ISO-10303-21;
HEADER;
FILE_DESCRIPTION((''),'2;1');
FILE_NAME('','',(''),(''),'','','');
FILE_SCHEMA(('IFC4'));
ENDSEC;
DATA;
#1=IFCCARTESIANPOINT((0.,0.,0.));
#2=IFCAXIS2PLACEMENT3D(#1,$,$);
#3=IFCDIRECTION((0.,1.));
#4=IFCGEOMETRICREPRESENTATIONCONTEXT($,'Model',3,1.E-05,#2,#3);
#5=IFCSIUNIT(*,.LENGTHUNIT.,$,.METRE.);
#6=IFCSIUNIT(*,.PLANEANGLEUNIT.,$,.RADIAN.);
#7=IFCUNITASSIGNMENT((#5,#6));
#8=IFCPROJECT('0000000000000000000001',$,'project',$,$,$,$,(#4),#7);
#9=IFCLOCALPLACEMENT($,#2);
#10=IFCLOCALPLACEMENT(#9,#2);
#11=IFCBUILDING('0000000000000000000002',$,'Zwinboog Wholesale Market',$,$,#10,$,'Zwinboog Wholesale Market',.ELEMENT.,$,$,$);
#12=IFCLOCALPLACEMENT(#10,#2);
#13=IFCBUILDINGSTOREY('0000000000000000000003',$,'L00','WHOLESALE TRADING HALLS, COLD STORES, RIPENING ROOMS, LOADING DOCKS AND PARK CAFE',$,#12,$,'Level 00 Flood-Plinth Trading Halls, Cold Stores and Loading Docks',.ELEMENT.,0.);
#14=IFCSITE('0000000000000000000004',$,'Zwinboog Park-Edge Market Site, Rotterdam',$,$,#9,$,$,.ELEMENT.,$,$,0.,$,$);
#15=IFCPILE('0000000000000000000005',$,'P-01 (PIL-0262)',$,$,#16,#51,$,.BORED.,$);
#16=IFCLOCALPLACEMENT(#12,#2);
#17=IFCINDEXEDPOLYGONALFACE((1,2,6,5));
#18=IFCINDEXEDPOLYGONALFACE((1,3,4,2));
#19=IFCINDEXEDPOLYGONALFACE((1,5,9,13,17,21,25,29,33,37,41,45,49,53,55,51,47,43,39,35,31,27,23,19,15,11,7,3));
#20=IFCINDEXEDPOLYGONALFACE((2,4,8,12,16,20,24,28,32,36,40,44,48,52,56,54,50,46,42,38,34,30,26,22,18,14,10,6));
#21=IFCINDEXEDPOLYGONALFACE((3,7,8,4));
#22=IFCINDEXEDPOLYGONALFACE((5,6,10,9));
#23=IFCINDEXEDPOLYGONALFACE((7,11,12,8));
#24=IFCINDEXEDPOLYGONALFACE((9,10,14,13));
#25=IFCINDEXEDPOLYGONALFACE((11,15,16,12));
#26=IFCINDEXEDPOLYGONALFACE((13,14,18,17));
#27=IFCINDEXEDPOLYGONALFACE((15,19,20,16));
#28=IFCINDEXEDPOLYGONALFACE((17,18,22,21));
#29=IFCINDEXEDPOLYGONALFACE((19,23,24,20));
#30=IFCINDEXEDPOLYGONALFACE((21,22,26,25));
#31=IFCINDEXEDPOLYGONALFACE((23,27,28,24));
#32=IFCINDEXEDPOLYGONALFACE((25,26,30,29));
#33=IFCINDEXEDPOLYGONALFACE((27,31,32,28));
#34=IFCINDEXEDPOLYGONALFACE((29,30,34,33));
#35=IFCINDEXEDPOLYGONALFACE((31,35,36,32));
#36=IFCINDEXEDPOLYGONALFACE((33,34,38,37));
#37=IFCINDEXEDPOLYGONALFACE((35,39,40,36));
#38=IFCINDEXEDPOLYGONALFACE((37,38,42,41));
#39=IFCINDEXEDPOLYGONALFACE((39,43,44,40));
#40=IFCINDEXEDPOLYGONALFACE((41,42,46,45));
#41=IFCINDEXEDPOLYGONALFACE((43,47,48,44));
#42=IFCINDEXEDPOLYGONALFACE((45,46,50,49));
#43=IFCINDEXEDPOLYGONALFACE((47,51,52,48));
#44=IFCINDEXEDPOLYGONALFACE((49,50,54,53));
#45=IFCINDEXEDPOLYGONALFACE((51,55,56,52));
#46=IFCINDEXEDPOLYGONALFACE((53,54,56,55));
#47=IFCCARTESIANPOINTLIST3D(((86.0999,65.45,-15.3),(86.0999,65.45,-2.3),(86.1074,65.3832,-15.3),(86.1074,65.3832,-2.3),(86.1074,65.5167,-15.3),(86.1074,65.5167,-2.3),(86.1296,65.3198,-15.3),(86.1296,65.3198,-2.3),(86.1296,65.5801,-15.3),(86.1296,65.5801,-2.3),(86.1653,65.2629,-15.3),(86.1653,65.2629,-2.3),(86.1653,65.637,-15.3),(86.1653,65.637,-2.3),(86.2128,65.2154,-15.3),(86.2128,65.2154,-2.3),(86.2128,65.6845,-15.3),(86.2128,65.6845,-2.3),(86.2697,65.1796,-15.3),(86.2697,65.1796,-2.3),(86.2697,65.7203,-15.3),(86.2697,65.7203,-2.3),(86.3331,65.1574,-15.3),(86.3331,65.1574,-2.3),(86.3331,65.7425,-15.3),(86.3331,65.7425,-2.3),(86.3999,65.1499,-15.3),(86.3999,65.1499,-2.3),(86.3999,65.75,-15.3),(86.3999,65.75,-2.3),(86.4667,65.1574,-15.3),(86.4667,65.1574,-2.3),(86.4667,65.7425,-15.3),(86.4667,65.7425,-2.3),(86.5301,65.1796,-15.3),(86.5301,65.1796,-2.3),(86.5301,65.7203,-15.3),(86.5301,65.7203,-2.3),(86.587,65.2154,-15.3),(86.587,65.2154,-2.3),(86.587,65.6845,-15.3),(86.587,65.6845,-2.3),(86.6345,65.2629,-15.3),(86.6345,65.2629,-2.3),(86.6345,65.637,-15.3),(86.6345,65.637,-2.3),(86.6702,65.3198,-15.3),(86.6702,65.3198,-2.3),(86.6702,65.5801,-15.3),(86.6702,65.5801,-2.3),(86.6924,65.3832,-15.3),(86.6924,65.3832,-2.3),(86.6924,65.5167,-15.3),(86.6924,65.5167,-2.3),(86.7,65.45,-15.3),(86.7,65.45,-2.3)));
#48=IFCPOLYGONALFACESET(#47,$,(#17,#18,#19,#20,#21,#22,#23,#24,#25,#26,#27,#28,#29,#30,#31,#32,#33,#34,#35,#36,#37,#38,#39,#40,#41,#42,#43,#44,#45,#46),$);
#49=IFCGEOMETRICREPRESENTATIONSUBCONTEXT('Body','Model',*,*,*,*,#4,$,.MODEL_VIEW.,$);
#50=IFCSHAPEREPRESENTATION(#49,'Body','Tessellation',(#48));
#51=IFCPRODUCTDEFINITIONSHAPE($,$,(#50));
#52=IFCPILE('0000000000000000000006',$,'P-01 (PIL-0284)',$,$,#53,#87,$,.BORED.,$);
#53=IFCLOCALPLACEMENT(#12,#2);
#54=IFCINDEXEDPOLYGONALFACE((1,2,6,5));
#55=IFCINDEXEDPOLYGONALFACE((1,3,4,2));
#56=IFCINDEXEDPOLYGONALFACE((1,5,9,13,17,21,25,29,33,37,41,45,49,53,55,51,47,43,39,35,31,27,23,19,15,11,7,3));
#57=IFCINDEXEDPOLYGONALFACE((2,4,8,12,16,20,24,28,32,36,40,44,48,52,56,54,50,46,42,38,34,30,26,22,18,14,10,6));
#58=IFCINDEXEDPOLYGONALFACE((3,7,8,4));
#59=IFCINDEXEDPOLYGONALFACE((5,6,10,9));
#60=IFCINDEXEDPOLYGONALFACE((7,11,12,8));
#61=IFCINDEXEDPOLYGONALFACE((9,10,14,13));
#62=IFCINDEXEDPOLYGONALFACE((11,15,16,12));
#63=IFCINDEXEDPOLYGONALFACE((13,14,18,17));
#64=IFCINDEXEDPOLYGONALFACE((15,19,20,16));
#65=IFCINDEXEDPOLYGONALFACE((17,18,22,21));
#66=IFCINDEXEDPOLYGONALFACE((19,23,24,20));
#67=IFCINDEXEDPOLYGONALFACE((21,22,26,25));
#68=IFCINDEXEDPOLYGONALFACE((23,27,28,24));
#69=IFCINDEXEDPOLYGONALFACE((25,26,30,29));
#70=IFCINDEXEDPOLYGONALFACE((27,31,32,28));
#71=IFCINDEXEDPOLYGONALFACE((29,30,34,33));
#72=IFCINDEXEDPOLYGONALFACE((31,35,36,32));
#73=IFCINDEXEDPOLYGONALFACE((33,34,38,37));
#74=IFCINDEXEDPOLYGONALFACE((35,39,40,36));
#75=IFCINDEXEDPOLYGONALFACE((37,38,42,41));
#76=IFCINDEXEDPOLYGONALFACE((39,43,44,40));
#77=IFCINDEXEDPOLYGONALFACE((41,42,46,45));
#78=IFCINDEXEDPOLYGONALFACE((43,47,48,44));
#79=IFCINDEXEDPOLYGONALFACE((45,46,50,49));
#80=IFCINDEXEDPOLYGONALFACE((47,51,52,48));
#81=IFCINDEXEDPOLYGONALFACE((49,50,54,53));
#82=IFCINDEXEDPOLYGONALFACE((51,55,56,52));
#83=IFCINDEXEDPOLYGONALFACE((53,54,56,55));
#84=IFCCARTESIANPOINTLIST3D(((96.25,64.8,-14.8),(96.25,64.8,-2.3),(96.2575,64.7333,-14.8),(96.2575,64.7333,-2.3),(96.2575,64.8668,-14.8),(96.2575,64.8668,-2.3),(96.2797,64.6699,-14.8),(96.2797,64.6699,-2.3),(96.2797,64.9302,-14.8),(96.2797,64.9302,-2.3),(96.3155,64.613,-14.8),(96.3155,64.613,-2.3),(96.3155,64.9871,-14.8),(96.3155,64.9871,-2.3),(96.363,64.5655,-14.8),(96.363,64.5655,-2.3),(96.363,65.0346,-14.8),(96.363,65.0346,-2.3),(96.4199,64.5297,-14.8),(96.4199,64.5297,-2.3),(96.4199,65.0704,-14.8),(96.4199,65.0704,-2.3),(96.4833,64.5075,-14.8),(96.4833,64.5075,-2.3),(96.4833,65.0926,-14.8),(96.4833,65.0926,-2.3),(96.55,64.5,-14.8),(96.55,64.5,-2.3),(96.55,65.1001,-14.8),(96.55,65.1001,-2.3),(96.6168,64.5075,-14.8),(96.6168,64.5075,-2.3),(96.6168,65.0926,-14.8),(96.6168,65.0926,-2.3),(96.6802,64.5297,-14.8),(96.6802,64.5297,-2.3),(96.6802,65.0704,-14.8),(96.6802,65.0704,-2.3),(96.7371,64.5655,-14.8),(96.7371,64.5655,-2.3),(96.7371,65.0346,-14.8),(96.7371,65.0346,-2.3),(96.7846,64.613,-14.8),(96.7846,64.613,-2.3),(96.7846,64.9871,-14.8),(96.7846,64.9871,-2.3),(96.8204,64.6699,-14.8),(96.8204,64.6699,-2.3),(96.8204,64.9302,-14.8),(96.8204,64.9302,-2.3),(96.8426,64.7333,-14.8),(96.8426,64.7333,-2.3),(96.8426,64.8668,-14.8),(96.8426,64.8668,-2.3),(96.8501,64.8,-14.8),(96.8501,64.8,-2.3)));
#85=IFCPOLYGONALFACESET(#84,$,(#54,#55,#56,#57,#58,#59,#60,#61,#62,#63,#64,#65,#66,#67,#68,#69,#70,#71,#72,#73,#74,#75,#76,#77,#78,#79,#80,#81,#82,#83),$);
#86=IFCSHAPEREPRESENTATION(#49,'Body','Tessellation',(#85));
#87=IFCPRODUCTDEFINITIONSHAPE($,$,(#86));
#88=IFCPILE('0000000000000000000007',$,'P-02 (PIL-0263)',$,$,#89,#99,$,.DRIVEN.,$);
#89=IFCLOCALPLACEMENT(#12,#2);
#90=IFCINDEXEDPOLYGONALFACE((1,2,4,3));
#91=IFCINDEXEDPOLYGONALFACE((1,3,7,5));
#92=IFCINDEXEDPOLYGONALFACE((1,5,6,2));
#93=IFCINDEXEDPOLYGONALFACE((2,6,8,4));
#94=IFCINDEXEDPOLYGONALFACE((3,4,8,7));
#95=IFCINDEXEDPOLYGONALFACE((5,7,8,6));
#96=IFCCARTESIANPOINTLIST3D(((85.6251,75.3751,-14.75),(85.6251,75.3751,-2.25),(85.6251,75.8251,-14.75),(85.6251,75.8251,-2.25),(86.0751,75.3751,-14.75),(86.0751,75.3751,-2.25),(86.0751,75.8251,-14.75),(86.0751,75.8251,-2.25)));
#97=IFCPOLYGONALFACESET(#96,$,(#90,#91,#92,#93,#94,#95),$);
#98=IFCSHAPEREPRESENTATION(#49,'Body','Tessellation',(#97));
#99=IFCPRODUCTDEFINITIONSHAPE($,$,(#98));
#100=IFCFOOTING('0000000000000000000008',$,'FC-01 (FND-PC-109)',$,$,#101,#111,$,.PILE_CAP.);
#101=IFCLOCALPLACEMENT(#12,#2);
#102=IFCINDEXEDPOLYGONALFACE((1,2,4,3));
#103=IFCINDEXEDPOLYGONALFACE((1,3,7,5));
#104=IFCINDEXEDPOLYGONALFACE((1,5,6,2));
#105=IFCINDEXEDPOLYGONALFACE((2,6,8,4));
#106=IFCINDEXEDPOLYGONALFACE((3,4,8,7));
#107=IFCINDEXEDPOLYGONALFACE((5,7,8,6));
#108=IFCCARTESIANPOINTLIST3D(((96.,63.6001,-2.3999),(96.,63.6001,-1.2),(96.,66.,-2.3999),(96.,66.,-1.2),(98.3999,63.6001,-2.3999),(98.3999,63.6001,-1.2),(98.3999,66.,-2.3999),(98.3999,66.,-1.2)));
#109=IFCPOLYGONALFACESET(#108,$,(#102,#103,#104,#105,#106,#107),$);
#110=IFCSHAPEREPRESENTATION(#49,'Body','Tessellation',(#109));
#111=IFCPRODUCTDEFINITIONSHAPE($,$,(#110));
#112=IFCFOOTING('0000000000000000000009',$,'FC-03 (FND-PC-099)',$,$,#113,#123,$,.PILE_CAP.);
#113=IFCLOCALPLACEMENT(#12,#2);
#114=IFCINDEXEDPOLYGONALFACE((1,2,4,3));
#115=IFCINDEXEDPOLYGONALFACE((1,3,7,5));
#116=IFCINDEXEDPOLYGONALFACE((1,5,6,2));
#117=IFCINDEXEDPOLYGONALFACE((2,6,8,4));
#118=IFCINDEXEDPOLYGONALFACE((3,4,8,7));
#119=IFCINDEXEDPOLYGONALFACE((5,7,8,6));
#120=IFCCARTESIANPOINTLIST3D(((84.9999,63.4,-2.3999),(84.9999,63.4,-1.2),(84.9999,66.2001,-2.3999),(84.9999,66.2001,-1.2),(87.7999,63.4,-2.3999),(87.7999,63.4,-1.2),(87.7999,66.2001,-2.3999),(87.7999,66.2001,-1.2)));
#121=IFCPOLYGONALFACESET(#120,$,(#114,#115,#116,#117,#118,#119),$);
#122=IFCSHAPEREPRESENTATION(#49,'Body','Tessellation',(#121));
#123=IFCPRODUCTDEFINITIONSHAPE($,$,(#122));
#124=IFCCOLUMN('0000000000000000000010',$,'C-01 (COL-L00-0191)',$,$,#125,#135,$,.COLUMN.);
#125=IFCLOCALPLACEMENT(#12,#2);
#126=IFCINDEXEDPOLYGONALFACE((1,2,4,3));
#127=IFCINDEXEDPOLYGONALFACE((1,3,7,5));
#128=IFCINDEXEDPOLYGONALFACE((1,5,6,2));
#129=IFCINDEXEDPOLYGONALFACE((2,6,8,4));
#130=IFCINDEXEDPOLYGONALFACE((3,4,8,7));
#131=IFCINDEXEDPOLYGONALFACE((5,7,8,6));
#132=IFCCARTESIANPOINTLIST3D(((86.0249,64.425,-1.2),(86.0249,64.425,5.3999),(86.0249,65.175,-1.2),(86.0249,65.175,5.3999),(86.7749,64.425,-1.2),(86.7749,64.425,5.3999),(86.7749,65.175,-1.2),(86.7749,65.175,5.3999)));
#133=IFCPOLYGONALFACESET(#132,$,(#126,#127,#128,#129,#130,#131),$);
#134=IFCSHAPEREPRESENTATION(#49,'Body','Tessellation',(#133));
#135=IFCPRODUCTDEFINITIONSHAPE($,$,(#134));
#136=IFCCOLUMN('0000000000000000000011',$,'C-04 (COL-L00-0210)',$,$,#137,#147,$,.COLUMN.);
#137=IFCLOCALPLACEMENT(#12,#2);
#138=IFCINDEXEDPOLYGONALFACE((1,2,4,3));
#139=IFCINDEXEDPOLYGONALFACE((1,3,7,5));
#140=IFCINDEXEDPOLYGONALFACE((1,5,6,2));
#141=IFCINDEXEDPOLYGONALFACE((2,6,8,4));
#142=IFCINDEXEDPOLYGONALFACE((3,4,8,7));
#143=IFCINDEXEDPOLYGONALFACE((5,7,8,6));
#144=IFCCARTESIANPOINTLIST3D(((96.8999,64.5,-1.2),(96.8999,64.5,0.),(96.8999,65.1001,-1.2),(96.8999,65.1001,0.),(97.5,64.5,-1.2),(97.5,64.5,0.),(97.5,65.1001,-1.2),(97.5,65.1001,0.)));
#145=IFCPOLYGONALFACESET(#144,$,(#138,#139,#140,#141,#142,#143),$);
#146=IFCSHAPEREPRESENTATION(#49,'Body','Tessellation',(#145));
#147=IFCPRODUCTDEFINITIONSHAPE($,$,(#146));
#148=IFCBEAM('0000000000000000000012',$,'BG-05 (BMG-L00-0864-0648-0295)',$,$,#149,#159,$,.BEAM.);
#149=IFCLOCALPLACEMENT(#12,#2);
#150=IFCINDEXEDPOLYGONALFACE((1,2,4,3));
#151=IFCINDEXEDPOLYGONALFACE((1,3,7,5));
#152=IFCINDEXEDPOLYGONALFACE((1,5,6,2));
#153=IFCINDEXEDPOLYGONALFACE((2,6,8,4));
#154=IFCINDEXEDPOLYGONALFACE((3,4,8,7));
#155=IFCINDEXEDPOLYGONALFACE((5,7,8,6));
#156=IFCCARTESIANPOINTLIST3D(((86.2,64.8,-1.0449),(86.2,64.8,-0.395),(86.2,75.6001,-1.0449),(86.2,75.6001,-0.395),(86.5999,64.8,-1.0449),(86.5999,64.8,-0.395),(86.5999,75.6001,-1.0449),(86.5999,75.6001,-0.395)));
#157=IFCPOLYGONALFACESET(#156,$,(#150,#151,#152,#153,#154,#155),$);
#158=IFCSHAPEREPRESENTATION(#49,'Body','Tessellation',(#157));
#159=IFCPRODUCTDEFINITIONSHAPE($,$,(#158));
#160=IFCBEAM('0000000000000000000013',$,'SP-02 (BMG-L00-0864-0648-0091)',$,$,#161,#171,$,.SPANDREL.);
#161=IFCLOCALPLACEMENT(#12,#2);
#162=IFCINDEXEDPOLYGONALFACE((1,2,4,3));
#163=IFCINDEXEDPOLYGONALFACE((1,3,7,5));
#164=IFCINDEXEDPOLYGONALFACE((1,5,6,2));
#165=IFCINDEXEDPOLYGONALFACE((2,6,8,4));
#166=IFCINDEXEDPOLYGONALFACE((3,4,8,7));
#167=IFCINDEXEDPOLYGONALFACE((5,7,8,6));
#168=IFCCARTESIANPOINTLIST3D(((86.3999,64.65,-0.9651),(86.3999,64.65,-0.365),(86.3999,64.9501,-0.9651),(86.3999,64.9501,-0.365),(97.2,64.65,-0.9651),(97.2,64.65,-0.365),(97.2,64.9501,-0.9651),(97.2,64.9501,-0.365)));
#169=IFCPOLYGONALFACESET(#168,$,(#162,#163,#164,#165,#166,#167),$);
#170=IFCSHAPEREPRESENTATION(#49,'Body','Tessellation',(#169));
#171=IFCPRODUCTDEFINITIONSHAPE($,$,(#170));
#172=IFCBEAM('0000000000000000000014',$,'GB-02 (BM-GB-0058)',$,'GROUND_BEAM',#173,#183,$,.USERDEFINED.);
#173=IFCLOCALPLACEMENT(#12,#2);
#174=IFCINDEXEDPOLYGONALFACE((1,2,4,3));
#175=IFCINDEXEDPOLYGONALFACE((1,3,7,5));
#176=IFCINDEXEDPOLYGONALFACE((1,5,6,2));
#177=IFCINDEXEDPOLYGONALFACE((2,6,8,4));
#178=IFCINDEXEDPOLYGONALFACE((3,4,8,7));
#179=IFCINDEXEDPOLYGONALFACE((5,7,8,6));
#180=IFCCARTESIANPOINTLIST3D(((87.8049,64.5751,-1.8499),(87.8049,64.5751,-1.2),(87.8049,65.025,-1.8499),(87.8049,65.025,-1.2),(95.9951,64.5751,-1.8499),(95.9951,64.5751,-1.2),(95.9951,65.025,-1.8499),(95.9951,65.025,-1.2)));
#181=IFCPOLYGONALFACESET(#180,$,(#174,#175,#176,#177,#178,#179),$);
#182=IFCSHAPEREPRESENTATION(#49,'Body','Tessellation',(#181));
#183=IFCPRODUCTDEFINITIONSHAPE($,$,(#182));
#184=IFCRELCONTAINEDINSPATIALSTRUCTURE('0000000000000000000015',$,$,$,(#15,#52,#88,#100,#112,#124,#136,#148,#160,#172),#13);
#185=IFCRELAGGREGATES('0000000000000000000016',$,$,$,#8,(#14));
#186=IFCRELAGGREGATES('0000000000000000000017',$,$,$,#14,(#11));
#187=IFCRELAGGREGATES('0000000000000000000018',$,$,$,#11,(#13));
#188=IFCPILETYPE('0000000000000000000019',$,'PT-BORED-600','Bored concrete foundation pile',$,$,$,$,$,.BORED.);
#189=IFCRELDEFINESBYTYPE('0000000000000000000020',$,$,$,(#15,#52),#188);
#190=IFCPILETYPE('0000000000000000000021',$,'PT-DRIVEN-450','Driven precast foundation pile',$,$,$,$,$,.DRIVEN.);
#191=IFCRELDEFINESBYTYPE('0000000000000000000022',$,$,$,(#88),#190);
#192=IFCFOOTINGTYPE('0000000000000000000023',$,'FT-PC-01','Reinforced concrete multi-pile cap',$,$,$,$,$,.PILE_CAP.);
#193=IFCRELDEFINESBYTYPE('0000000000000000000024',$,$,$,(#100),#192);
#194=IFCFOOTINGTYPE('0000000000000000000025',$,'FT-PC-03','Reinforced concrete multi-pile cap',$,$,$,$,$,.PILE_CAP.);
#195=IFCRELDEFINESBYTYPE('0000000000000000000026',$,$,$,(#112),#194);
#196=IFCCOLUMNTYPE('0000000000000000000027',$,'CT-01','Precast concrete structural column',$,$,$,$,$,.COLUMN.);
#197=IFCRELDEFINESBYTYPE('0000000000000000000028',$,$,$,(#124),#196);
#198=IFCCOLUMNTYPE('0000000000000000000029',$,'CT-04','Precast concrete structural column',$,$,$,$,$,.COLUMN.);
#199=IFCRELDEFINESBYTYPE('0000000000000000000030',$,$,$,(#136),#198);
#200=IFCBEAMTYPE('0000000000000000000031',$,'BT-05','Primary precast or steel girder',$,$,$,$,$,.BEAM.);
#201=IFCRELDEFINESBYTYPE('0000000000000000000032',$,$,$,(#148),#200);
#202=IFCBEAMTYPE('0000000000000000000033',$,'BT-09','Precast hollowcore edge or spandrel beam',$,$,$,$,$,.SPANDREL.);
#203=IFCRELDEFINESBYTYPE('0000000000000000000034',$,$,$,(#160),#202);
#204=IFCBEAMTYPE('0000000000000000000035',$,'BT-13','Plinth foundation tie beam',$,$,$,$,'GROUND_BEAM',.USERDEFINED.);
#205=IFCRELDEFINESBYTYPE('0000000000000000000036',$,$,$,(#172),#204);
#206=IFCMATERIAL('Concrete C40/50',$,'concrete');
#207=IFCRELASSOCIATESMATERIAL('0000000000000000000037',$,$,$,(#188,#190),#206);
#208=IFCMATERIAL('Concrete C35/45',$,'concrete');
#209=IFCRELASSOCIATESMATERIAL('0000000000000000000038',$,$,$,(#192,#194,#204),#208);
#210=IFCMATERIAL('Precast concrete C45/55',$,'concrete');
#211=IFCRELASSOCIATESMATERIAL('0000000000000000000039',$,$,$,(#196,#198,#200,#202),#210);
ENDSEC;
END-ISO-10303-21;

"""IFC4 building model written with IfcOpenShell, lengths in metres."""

from ifc_helpers import new_model, si_unit, direction, frame, origin, origin_2d, place, context, subcontext, project, spatial, rectangle, circle, extrude, material, material_profile, profile_set, type_object, element, save


model = new_model("IFC4")

# Units and contexts
model_context = context("Model", 3, precision=1e-05, world=origin(), true_north=direction((0.0, 1.0)))
body_context = subcontext(model_context, "Body", "Model", "MODEL_VIEW")
ifc_project = project(units=[si_unit("LENGTHUNIT", "METRE"), si_unit("PLANEANGLEUNIT", "RADIAN")], contexts=[model_context])

# Site, building, storey
site_placement = place(None, origin())
site = spatial("IfcSite", under=ifc_project, at=site_placement, Name="Zwinboog Park-Edge Market Site, Rotterdam", CompositionType="ELEMENT", RefElevation=0.0)
building_placement = place(site_placement, origin())
building = spatial("IfcBuilding", under=site, at=building_placement, Name="Zwinboog Wholesale Market", LongName="Zwinboog Wholesale Market", CompositionType="ELEMENT")
storey_placement = place(building_placement, origin())
storey = spatial("IfcBuildingStorey", under=building, at=storey_placement, Name="L00", Description="WHOLESALE TRADING HALLS, COLD STORES, RIPENING ROOMS, LOADING DOCKS AND PARK CAFE", LongName="Level 00 Flood-Plinth Trading Halls, Cold Stores and Loading Docks", CompositionType="ELEMENT", Elevation=0.0)

# Piles
ifc_material_1 = material(Name="Concrete C40/50", Category="concrete")
ifc_material_profile_1 = material_profile(ifc_material_1, circle(Radius=0.3, at=origin_2d()), Name="PILE D600")
ifc_profile_set_1 = profile_set([ifc_material_profile_1], Name="Concrete C40/50")
pile_type_1 = type_object("IfcPileType", Name="PT-BORED-600", Description="Bored concrete foundation pile", PredefinedType="BORED", material=ifc_profile_set_1)
pile_1_placement = place(storey_placement, frame((86.3999, 65.45, -2.3), z_axis=(0.0, 0.0, -1.0), x_axis=(1.0, 0.0, 0.0)))
element("IfcPile", 1, at=pile_1_placement, inside=storey, type_object=pile_type_1, Name="P-01 (PIL-0262)", PredefinedType="BORED", context=body_context, shape_type="SweptSolid", body=[
    extrude(circle(Radius=0.3, at=origin_2d()), origin(), (0.0, 0.0, 1.0), 13.0),
])
pile_2_placement = place(storey_placement, frame((96.55, 64.8, -2.3), z_axis=(0.0, 0.0, -1.0), x_axis=(1.0, 0.0, 0.0)))
element("IfcPile", 2, at=pile_2_placement, inside=storey, type_object=pile_type_1, Name="P-01 (PIL-0284)", PredefinedType="BORED", context=body_context, shape_type="SweptSolid", body=[
    extrude(circle(Radius=0.3, at=origin_2d()), origin(), (0.0, 0.0, 1.0), 12.5),
])
ifc_material_profile_2 = material_profile(ifc_material_1, rectangle(XDim=0.45, YDim=0.45, at=origin_2d()), Name="PILE SQ450")
ifc_profile_set_2 = profile_set([ifc_material_profile_2], Name="Concrete C40/50")
pile_type_2 = type_object("IfcPileType", Name="PT-DRIVEN-450", Description="Driven precast foundation pile", PredefinedType="DRIVEN", material=ifc_profile_set_2)
pile_3_placement = place(storey_placement, frame((85.8501, 75.6001, -2.25), z_axis=(0.0, 0.0, -1.0), x_axis=(1.0, 0.0, 0.0)))
element("IfcPile", 3, at=pile_3_placement, inside=storey, type_object=pile_type_2, Name="P-02 (PIL-0263)", PredefinedType="DRIVEN", context=body_context, shape_type="SweptSolid", body=[
    extrude(rectangle(XDim=0.45, YDim=0.45, at=origin_2d()), origin(), (0.0, 0.0, 1.0), 12.5),
])

# Footings
ifc_material_2 = material(Name="Concrete C35/45", Category="concrete")
footing_type_1 = type_object("IfcFootingType", Name="FT-PC-01", Description="Reinforced concrete multi-pile cap", PredefinedType="PILE_CAP", material=ifc_material_2)
footing_1_placement = place(storey_placement, frame((97.2, 64.8, -2.3999), z_axis=(0.0, 0.0, 1.0), x_axis=(1.0, 0.0, 0.0)))
element("IfcFooting", 4, at=footing_1_placement, inside=storey, type_object=footing_type_1, Name="FC-01 (FND-PC-109)", PredefinedType="PILE_CAP", context=body_context, shape_type="SweptSolid", body=[
    extrude(rectangle(XDim=2.3999, YDim=2.3999, at=origin_2d()), origin(), (0.0, 0.0, 1.0), 1.2),
])
footing_type_2 = type_object("IfcFootingType", Name="FT-PC-03", Description="Reinforced concrete multi-pile cap", PredefinedType="PILE_CAP", material=ifc_material_2)
footing_2_placement = place(storey_placement, frame((86.3999, 64.8, -2.3999), z_axis=(0.0, 0.0, 1.0), x_axis=(1.0, 0.0, 0.0)))
element("IfcFooting", 5, at=footing_2_placement, inside=storey, type_object=footing_type_2, Name="FC-03 (FND-PC-099)", PredefinedType="PILE_CAP", context=body_context, shape_type="SweptSolid", body=[
    extrude(rectangle(XDim=2.8, YDim=2.8, at=origin_2d()), origin(), (0.0, 0.0, 1.0), 1.2),
])

# Columns
ifc_material_3 = material(Name="Precast concrete C45/55", Category="concrete")
ifc_material_profile_3 = material_profile(ifc_material_3, rectangle(XDim=0.75, YDim=0.75, at=origin_2d()), Name="PC 750x750")
ifc_profile_set_3 = profile_set([ifc_material_profile_3], Name="Precast concrete C45/55")
column_type_1 = type_object("IfcColumnType", Name="CT-01", Description="Precast concrete structural column", PredefinedType="COLUMN", material=ifc_profile_set_3)
column_1_placement = place(storey_placement, frame((86.3999, 64.8, -1.2), z_axis=(0.0, 0.0, 1.0), x_axis=(1.0, 0.0, 0.0)))
element("IfcColumn", 6, at=column_1_placement, inside=storey, type_object=column_type_1, Name="C-01 (COL-L00-0191)", PredefinedType="COLUMN", context=body_context, shape_type="SweptSolid", body=[
    extrude(rectangle(XDim=0.75, YDim=0.75, at=origin_2d()), origin(), (0.0, 0.0, 1.0), 6.5999),
])
ifc_material_profile_4 = material_profile(ifc_material_3, rectangle(XDim=0.6001, YDim=0.6001, at=origin_2d()), Name="PC 600x600")
ifc_profile_set_4 = profile_set([ifc_material_profile_4], Name="Precast concrete C45/55")
column_type_2 = type_object("IfcColumnType", Name="CT-04", Description="Precast concrete structural column", PredefinedType="COLUMN", material=ifc_profile_set_4)
column_2_placement = place(storey_placement, frame((97.2, 64.8, -1.2), z_axis=(0.0, 0.0, 1.0), x_axis=(1.0, 0.0, 0.0)))
element("IfcColumn", 7, at=column_2_placement, inside=storey, type_object=column_type_2, Name="C-04 (COL-L00-0210)", PredefinedType="COLUMN", context=body_context, shape_type="SweptSolid", body=[
    extrude(rectangle(XDim=0.6001, YDim=0.6001, at=origin_2d()), origin(), (0.0, 0.0, 1.0), 1.2),
])

# Beams
ifc_material_profile_5 = material_profile(ifc_material_3, rectangle(XDim=0.3999, YDim=0.6499, at=origin_2d()), Name="PC 400x650")
ifc_profile_set_5 = profile_set([ifc_material_profile_5], Name="Precast concrete C45/55")
beam_type_1 = type_object("IfcBeamType", Name="BT-05", Description="Primary precast or steel girder", PredefinedType="BEAM", material=ifc_profile_set_5)
beam_1_placement = place(storey_placement, frame((86.3999, 64.8, -0.72), z_axis=(0.0, 1.0, 0.0), x_axis=(-1.0, 0.0, 0.0)))
element("IfcBeam", 8, at=beam_1_placement, inside=storey, type_object=beam_type_1, Name="BG-05 (BMG-L00-0864-0648-0295)", PredefinedType="BEAM", context=body_context, shape_type="SweptSolid", body=[
    extrude(rectangle(XDim=0.3999, YDim=0.6499, at=origin_2d()), origin(), (0.0, 0.0, 1.0), 10.8),
])
ifc_material_profile_6 = material_profile(ifc_material_3, rectangle(XDim=0.3, YDim=0.6001, at=origin_2d()), Name="PC 300x600")
ifc_profile_set_6 = profile_set([ifc_material_profile_6], Name="Precast concrete C45/55")
beam_type_2 = type_object("IfcBeamType", Name="BT-09", Description="Precast hollowcore edge or spandrel beam", PredefinedType="SPANDREL", material=ifc_profile_set_6)
beam_2_placement = place(storey_placement, frame((86.3999, 64.8, -0.665), z_axis=(1.0, 0.0, 0.0), x_axis=(0.0, 1.0, 0.0)))
element("IfcBeam", 9, at=beam_2_placement, inside=storey, type_object=beam_type_2, Name="SP-02 (BMG-L00-0864-0648-0091)", PredefinedType="SPANDREL", context=body_context, shape_type="SweptSolid", body=[
    extrude(rectangle(XDim=0.3, YDim=0.6001, at=origin_2d()), origin(), (0.0, 0.0, 1.0), 10.8),
])
ifc_material_profile_7 = material_profile(ifc_material_2, rectangle(XDim=0.45, YDim=0.6499, at=origin_2d()), Name="RC 450x650")
ifc_profile_set_7 = profile_set([ifc_material_profile_7], Name="Concrete C35/45")
beam_type_3 = type_object("IfcBeamType", Name="BT-13", Description="Plinth foundation tie beam", ElementType="GROUND_BEAM", PredefinedType="USERDEFINED", material=ifc_profile_set_7)
beam_3_placement = place(storey_placement, frame((87.8049, 64.8, -1.5249), z_axis=(1.0, 0.0, 0.0), x_axis=(0.0, 1.0, 0.0)))
element("IfcBeam", 10, at=beam_3_placement, inside=storey, type_object=beam_type_3, Name="GB-02 (BM-GB-0058)", ObjectType="GROUND_BEAM", PredefinedType="USERDEFINED", context=body_context, shape_type="SweptSolid", body=[
    extrude(rectangle(XDim=0.45, YDim=0.6499, at=origin_2d()), origin(), (0.0, 0.0, 1.0), 8.1902),
])

save(model, "model.ifc")
